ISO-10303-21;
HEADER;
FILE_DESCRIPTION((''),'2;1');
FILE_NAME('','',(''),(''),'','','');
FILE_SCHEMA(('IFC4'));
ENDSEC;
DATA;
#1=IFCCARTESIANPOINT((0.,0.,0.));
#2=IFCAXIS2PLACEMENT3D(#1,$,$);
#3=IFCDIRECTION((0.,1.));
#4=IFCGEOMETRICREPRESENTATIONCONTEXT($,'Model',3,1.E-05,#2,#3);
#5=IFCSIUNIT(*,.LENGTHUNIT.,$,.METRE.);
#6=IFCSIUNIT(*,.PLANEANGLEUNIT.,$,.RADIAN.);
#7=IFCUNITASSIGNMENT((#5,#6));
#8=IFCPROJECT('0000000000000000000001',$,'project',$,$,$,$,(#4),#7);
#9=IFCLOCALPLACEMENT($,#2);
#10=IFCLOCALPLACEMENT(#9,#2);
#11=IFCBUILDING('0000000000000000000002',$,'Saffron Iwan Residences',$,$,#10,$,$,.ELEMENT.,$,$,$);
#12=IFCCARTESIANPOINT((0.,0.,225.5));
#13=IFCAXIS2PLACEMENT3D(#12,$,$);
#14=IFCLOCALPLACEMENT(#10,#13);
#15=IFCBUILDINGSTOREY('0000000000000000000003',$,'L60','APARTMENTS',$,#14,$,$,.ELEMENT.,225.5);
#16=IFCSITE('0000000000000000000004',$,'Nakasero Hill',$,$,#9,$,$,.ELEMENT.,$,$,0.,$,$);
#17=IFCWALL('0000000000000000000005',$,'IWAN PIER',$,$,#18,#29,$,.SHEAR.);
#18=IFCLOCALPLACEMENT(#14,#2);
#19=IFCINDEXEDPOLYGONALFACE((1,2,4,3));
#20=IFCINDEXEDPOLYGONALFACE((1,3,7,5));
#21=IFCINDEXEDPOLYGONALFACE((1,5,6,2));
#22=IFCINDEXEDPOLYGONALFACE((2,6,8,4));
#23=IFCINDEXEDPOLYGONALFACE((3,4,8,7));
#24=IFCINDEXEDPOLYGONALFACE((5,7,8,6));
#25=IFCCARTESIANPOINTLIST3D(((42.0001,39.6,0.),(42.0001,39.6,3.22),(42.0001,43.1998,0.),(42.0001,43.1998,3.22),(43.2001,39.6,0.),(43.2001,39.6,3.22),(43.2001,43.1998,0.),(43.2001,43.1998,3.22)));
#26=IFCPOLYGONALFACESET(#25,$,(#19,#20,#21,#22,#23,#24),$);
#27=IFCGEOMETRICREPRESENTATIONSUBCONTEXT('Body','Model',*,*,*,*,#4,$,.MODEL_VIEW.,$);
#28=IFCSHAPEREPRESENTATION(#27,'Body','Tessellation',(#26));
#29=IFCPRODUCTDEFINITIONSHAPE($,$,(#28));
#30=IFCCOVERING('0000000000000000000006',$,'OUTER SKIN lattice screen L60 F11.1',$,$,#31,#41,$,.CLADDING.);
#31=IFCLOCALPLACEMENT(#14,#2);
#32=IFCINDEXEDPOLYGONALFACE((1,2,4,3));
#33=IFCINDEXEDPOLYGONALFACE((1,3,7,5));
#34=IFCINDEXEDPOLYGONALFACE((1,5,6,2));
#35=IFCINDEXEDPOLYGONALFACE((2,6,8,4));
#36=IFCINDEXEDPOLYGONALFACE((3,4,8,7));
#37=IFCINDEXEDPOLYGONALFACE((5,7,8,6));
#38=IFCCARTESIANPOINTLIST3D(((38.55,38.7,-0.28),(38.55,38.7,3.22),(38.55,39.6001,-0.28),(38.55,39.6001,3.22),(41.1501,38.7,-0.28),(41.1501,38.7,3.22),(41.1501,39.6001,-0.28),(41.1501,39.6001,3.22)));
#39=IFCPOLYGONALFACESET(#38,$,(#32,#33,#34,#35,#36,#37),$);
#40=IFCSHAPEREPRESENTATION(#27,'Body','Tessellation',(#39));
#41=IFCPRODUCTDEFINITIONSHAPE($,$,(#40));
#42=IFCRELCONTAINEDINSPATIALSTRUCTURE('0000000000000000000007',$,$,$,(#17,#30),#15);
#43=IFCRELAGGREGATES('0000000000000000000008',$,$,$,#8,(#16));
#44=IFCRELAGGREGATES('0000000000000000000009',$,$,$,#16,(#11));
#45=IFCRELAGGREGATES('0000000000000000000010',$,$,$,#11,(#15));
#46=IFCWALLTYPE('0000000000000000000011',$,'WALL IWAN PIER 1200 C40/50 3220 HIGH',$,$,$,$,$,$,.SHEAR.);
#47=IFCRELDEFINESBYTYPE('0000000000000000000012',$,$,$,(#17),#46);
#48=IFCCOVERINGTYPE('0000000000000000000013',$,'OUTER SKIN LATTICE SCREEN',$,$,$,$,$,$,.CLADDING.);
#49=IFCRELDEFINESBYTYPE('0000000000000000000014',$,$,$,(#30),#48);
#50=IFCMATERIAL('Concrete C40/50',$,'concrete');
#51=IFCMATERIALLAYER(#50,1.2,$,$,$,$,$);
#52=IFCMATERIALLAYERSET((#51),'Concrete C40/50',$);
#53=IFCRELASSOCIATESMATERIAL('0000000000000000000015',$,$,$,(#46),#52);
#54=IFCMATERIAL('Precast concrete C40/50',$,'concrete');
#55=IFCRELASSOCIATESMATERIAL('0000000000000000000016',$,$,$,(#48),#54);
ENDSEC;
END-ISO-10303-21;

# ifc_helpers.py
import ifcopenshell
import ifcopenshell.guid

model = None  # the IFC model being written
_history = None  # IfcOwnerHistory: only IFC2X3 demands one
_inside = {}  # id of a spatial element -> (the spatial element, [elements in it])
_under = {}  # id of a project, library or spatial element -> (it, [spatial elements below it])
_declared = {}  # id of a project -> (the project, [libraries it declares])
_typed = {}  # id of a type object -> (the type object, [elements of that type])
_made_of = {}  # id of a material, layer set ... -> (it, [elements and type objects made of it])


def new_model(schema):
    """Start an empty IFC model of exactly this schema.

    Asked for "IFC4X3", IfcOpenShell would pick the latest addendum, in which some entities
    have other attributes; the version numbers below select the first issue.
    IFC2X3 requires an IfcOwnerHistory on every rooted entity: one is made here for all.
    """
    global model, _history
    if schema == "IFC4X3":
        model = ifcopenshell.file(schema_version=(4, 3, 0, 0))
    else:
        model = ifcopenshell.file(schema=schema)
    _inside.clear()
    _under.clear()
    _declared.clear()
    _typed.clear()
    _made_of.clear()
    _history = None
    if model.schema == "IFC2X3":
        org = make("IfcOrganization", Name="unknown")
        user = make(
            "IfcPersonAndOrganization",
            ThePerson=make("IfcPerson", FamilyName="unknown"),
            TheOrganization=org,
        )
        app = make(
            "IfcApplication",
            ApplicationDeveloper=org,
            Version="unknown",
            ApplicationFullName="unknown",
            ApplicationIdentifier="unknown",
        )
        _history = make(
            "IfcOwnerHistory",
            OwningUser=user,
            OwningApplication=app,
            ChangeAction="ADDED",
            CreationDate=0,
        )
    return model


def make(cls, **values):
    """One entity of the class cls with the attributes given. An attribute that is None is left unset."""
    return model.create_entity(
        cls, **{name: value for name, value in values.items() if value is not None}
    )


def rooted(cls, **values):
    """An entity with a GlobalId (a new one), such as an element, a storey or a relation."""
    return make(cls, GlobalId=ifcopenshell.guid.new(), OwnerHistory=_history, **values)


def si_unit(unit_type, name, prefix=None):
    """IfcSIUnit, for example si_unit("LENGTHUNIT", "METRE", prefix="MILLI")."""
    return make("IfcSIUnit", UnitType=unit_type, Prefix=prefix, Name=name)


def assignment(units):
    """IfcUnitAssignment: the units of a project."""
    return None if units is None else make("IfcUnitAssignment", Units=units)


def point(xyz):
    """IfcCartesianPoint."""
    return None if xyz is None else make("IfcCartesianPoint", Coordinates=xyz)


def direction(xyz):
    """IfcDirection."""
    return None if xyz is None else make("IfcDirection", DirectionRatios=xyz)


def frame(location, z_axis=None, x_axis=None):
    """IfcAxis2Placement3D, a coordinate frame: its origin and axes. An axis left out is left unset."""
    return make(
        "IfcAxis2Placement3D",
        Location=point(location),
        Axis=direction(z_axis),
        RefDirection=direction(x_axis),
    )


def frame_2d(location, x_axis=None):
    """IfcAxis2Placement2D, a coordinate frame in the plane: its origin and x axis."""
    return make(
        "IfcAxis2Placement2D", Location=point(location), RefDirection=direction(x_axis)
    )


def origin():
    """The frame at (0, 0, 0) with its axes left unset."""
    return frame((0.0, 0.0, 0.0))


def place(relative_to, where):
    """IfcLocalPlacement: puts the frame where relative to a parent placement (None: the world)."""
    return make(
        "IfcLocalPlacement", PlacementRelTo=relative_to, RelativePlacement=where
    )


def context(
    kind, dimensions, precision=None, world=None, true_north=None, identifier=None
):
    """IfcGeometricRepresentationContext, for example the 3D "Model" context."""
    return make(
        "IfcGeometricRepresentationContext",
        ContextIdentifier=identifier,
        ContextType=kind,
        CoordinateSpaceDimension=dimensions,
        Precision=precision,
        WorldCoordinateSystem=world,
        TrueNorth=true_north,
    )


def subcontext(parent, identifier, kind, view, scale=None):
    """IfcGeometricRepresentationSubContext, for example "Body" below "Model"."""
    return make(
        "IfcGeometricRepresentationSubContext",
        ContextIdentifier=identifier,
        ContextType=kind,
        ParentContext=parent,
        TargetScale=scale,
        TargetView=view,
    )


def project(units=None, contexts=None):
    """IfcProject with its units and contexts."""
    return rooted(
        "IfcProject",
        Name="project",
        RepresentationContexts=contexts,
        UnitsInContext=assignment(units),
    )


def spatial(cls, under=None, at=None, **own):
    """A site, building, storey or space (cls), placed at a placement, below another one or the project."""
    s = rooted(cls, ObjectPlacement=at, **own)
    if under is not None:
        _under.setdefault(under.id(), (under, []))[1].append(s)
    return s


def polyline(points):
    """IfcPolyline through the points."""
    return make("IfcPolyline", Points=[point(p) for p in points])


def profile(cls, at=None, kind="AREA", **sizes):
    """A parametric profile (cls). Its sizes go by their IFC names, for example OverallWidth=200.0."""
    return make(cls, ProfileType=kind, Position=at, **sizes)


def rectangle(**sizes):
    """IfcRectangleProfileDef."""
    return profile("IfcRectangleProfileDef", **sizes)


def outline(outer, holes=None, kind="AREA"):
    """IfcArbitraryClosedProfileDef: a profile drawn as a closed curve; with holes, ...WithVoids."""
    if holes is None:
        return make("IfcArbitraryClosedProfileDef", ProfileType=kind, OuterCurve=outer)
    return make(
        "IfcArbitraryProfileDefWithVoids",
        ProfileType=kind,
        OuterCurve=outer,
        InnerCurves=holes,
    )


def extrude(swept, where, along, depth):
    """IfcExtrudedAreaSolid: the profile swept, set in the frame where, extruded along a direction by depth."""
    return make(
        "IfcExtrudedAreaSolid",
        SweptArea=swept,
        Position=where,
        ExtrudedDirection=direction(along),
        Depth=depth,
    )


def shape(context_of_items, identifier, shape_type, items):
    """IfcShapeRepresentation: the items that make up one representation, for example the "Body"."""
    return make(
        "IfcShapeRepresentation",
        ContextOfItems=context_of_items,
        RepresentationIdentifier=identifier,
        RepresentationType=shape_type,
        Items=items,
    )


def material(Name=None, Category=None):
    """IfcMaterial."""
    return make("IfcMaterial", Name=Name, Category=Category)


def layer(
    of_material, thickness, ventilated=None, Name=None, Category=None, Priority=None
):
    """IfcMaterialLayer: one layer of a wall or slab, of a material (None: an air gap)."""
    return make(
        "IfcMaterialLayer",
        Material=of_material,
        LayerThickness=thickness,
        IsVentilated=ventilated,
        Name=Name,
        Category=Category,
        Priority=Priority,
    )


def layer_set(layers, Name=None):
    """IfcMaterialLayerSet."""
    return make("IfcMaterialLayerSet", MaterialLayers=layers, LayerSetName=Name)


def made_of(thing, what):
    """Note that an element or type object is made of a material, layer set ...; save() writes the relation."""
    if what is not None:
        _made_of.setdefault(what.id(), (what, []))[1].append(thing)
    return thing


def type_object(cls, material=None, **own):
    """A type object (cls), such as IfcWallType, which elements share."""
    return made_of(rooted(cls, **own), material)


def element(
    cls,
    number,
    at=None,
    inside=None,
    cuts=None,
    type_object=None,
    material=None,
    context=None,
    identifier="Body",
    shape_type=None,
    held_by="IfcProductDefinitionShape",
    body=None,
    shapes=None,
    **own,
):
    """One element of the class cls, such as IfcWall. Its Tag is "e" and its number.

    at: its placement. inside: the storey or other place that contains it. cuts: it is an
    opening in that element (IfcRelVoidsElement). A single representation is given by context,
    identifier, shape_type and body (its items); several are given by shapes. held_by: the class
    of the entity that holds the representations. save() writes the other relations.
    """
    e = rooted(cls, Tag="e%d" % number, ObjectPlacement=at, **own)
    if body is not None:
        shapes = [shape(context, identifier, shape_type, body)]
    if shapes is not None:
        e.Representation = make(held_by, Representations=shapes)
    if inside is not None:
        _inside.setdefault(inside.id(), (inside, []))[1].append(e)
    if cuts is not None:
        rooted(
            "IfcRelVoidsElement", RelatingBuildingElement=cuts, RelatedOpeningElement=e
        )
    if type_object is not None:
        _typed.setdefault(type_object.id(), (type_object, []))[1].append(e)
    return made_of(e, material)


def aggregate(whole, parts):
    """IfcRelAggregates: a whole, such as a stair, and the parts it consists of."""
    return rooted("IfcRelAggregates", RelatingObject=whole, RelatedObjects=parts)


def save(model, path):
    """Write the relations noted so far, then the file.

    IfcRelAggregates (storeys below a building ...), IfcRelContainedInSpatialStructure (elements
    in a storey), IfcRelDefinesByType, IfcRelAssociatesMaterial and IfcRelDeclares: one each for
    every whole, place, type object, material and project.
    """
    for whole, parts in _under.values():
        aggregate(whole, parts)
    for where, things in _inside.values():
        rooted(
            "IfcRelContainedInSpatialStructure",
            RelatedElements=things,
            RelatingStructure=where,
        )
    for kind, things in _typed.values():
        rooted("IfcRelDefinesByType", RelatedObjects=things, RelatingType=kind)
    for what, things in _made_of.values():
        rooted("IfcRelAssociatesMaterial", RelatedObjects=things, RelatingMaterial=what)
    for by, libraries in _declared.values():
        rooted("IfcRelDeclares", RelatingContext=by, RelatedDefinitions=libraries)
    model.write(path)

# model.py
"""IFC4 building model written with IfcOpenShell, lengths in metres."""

from ifc_helpers import new_model, si_unit, direction, frame, frame_2d, origin, place, context, subcontext, project, spatial, polyline, rectangle, outline, extrude, material, layer, layer_set, type_object, element, save


model = new_model("IFC4")

# Units and contexts
model_context = context("Model", 3, precision=1e-05, world=origin(), true_north=direction((0.0, 1.0)))
body_context = subcontext(model_context, "Body", "Model", "MODEL_VIEW")
ifc_project = project(units=[si_unit("LENGTHUNIT", "METRE"), si_unit("PLANEANGLEUNIT", "RADIAN")], contexts=[model_context])

# Site, building, storey
site_placement = place(None, origin())
site = spatial("IfcSite", under=ifc_project, at=site_placement, Name="Nakasero Hill", CompositionType="ELEMENT", RefElevation=0.0)
building_placement = place(site_placement, origin())
building = spatial("IfcBuilding", under=site, at=building_placement, Name="Saffron Iwan Residences", CompositionType="ELEMENT")
storey_placement = place(building_placement, frame((0.0, 0.0, 225.5)))
storey = spatial("IfcBuildingStorey", under=building, at=storey_placement, Name="L60", Description="APARTMENTS", CompositionType="ELEMENT", Elevation=225.5)

# Shared definitions
ifc_material_1 = material(Name="Concrete C40/50", Category="concrete")

# Wall
ifc_layer_1 = layer(ifc_material_1, 1.2)
ifc_layer_set_1 = layer_set([ifc_layer_1], Name="Concrete C40/50")
wall_type_1 = type_object("IfcWallType", Name="WALL IWAN PIER 1200 C40/50 3220 HIGH", PredefinedType="SHEAR", material=ifc_layer_set_1)
wall_1_placement = place(storey_placement, frame((42.6001, 39.6001, 0.0), z_axis=(0.0, 0.0, 1.0), x_axis=(0.0, 1.0, 0.0)))
element("IfcWall", 1, at=wall_1_placement, inside=storey, type_object=wall_type_1, Name="IWAN PIER", PredefinedType="SHEAR", context=body_context, shape_type="SweptSolid", body=[
    extrude(rectangle(XDim=3.5999, YDim=1.2, at=frame_2d((1.7998, 0.0))), origin(), (0.0, 0.0, 1.0), 3.22),
])

# Covering
ifc_material_2 = material(Name="Precast concrete C40/50", Category="concrete")
covering_type = type_object("IfcCoveringType", Name="OUTER SKIN LATTICE SCREEN", PredefinedType="CLADDING", material=ifc_material_2)
covering_placement = place(storey_placement, frame((38.55, 39.6001, -0.28), z_axis=(0.0, -1.0, 0.0), x_axis=(1.0, 0.0, 0.0)))
element("IfcCovering", 2, at=covering_placement, inside=storey, type_object=covering_type, Name="OUTER SKIN lattice screen L60 F11.1", PredefinedType="CLADDING", context=body_context, shape_type="SweptSolid", body=[
    extrude(outline(polyline([(0.0, 0.0), (2.6001, 0.0), (2.6001, 3.5), (0.0, 3.5), (0.0, 0.0)])), origin(), (0.0, 0.0, 1.0), 0.9001),
])

save(model, "model.ifc")
